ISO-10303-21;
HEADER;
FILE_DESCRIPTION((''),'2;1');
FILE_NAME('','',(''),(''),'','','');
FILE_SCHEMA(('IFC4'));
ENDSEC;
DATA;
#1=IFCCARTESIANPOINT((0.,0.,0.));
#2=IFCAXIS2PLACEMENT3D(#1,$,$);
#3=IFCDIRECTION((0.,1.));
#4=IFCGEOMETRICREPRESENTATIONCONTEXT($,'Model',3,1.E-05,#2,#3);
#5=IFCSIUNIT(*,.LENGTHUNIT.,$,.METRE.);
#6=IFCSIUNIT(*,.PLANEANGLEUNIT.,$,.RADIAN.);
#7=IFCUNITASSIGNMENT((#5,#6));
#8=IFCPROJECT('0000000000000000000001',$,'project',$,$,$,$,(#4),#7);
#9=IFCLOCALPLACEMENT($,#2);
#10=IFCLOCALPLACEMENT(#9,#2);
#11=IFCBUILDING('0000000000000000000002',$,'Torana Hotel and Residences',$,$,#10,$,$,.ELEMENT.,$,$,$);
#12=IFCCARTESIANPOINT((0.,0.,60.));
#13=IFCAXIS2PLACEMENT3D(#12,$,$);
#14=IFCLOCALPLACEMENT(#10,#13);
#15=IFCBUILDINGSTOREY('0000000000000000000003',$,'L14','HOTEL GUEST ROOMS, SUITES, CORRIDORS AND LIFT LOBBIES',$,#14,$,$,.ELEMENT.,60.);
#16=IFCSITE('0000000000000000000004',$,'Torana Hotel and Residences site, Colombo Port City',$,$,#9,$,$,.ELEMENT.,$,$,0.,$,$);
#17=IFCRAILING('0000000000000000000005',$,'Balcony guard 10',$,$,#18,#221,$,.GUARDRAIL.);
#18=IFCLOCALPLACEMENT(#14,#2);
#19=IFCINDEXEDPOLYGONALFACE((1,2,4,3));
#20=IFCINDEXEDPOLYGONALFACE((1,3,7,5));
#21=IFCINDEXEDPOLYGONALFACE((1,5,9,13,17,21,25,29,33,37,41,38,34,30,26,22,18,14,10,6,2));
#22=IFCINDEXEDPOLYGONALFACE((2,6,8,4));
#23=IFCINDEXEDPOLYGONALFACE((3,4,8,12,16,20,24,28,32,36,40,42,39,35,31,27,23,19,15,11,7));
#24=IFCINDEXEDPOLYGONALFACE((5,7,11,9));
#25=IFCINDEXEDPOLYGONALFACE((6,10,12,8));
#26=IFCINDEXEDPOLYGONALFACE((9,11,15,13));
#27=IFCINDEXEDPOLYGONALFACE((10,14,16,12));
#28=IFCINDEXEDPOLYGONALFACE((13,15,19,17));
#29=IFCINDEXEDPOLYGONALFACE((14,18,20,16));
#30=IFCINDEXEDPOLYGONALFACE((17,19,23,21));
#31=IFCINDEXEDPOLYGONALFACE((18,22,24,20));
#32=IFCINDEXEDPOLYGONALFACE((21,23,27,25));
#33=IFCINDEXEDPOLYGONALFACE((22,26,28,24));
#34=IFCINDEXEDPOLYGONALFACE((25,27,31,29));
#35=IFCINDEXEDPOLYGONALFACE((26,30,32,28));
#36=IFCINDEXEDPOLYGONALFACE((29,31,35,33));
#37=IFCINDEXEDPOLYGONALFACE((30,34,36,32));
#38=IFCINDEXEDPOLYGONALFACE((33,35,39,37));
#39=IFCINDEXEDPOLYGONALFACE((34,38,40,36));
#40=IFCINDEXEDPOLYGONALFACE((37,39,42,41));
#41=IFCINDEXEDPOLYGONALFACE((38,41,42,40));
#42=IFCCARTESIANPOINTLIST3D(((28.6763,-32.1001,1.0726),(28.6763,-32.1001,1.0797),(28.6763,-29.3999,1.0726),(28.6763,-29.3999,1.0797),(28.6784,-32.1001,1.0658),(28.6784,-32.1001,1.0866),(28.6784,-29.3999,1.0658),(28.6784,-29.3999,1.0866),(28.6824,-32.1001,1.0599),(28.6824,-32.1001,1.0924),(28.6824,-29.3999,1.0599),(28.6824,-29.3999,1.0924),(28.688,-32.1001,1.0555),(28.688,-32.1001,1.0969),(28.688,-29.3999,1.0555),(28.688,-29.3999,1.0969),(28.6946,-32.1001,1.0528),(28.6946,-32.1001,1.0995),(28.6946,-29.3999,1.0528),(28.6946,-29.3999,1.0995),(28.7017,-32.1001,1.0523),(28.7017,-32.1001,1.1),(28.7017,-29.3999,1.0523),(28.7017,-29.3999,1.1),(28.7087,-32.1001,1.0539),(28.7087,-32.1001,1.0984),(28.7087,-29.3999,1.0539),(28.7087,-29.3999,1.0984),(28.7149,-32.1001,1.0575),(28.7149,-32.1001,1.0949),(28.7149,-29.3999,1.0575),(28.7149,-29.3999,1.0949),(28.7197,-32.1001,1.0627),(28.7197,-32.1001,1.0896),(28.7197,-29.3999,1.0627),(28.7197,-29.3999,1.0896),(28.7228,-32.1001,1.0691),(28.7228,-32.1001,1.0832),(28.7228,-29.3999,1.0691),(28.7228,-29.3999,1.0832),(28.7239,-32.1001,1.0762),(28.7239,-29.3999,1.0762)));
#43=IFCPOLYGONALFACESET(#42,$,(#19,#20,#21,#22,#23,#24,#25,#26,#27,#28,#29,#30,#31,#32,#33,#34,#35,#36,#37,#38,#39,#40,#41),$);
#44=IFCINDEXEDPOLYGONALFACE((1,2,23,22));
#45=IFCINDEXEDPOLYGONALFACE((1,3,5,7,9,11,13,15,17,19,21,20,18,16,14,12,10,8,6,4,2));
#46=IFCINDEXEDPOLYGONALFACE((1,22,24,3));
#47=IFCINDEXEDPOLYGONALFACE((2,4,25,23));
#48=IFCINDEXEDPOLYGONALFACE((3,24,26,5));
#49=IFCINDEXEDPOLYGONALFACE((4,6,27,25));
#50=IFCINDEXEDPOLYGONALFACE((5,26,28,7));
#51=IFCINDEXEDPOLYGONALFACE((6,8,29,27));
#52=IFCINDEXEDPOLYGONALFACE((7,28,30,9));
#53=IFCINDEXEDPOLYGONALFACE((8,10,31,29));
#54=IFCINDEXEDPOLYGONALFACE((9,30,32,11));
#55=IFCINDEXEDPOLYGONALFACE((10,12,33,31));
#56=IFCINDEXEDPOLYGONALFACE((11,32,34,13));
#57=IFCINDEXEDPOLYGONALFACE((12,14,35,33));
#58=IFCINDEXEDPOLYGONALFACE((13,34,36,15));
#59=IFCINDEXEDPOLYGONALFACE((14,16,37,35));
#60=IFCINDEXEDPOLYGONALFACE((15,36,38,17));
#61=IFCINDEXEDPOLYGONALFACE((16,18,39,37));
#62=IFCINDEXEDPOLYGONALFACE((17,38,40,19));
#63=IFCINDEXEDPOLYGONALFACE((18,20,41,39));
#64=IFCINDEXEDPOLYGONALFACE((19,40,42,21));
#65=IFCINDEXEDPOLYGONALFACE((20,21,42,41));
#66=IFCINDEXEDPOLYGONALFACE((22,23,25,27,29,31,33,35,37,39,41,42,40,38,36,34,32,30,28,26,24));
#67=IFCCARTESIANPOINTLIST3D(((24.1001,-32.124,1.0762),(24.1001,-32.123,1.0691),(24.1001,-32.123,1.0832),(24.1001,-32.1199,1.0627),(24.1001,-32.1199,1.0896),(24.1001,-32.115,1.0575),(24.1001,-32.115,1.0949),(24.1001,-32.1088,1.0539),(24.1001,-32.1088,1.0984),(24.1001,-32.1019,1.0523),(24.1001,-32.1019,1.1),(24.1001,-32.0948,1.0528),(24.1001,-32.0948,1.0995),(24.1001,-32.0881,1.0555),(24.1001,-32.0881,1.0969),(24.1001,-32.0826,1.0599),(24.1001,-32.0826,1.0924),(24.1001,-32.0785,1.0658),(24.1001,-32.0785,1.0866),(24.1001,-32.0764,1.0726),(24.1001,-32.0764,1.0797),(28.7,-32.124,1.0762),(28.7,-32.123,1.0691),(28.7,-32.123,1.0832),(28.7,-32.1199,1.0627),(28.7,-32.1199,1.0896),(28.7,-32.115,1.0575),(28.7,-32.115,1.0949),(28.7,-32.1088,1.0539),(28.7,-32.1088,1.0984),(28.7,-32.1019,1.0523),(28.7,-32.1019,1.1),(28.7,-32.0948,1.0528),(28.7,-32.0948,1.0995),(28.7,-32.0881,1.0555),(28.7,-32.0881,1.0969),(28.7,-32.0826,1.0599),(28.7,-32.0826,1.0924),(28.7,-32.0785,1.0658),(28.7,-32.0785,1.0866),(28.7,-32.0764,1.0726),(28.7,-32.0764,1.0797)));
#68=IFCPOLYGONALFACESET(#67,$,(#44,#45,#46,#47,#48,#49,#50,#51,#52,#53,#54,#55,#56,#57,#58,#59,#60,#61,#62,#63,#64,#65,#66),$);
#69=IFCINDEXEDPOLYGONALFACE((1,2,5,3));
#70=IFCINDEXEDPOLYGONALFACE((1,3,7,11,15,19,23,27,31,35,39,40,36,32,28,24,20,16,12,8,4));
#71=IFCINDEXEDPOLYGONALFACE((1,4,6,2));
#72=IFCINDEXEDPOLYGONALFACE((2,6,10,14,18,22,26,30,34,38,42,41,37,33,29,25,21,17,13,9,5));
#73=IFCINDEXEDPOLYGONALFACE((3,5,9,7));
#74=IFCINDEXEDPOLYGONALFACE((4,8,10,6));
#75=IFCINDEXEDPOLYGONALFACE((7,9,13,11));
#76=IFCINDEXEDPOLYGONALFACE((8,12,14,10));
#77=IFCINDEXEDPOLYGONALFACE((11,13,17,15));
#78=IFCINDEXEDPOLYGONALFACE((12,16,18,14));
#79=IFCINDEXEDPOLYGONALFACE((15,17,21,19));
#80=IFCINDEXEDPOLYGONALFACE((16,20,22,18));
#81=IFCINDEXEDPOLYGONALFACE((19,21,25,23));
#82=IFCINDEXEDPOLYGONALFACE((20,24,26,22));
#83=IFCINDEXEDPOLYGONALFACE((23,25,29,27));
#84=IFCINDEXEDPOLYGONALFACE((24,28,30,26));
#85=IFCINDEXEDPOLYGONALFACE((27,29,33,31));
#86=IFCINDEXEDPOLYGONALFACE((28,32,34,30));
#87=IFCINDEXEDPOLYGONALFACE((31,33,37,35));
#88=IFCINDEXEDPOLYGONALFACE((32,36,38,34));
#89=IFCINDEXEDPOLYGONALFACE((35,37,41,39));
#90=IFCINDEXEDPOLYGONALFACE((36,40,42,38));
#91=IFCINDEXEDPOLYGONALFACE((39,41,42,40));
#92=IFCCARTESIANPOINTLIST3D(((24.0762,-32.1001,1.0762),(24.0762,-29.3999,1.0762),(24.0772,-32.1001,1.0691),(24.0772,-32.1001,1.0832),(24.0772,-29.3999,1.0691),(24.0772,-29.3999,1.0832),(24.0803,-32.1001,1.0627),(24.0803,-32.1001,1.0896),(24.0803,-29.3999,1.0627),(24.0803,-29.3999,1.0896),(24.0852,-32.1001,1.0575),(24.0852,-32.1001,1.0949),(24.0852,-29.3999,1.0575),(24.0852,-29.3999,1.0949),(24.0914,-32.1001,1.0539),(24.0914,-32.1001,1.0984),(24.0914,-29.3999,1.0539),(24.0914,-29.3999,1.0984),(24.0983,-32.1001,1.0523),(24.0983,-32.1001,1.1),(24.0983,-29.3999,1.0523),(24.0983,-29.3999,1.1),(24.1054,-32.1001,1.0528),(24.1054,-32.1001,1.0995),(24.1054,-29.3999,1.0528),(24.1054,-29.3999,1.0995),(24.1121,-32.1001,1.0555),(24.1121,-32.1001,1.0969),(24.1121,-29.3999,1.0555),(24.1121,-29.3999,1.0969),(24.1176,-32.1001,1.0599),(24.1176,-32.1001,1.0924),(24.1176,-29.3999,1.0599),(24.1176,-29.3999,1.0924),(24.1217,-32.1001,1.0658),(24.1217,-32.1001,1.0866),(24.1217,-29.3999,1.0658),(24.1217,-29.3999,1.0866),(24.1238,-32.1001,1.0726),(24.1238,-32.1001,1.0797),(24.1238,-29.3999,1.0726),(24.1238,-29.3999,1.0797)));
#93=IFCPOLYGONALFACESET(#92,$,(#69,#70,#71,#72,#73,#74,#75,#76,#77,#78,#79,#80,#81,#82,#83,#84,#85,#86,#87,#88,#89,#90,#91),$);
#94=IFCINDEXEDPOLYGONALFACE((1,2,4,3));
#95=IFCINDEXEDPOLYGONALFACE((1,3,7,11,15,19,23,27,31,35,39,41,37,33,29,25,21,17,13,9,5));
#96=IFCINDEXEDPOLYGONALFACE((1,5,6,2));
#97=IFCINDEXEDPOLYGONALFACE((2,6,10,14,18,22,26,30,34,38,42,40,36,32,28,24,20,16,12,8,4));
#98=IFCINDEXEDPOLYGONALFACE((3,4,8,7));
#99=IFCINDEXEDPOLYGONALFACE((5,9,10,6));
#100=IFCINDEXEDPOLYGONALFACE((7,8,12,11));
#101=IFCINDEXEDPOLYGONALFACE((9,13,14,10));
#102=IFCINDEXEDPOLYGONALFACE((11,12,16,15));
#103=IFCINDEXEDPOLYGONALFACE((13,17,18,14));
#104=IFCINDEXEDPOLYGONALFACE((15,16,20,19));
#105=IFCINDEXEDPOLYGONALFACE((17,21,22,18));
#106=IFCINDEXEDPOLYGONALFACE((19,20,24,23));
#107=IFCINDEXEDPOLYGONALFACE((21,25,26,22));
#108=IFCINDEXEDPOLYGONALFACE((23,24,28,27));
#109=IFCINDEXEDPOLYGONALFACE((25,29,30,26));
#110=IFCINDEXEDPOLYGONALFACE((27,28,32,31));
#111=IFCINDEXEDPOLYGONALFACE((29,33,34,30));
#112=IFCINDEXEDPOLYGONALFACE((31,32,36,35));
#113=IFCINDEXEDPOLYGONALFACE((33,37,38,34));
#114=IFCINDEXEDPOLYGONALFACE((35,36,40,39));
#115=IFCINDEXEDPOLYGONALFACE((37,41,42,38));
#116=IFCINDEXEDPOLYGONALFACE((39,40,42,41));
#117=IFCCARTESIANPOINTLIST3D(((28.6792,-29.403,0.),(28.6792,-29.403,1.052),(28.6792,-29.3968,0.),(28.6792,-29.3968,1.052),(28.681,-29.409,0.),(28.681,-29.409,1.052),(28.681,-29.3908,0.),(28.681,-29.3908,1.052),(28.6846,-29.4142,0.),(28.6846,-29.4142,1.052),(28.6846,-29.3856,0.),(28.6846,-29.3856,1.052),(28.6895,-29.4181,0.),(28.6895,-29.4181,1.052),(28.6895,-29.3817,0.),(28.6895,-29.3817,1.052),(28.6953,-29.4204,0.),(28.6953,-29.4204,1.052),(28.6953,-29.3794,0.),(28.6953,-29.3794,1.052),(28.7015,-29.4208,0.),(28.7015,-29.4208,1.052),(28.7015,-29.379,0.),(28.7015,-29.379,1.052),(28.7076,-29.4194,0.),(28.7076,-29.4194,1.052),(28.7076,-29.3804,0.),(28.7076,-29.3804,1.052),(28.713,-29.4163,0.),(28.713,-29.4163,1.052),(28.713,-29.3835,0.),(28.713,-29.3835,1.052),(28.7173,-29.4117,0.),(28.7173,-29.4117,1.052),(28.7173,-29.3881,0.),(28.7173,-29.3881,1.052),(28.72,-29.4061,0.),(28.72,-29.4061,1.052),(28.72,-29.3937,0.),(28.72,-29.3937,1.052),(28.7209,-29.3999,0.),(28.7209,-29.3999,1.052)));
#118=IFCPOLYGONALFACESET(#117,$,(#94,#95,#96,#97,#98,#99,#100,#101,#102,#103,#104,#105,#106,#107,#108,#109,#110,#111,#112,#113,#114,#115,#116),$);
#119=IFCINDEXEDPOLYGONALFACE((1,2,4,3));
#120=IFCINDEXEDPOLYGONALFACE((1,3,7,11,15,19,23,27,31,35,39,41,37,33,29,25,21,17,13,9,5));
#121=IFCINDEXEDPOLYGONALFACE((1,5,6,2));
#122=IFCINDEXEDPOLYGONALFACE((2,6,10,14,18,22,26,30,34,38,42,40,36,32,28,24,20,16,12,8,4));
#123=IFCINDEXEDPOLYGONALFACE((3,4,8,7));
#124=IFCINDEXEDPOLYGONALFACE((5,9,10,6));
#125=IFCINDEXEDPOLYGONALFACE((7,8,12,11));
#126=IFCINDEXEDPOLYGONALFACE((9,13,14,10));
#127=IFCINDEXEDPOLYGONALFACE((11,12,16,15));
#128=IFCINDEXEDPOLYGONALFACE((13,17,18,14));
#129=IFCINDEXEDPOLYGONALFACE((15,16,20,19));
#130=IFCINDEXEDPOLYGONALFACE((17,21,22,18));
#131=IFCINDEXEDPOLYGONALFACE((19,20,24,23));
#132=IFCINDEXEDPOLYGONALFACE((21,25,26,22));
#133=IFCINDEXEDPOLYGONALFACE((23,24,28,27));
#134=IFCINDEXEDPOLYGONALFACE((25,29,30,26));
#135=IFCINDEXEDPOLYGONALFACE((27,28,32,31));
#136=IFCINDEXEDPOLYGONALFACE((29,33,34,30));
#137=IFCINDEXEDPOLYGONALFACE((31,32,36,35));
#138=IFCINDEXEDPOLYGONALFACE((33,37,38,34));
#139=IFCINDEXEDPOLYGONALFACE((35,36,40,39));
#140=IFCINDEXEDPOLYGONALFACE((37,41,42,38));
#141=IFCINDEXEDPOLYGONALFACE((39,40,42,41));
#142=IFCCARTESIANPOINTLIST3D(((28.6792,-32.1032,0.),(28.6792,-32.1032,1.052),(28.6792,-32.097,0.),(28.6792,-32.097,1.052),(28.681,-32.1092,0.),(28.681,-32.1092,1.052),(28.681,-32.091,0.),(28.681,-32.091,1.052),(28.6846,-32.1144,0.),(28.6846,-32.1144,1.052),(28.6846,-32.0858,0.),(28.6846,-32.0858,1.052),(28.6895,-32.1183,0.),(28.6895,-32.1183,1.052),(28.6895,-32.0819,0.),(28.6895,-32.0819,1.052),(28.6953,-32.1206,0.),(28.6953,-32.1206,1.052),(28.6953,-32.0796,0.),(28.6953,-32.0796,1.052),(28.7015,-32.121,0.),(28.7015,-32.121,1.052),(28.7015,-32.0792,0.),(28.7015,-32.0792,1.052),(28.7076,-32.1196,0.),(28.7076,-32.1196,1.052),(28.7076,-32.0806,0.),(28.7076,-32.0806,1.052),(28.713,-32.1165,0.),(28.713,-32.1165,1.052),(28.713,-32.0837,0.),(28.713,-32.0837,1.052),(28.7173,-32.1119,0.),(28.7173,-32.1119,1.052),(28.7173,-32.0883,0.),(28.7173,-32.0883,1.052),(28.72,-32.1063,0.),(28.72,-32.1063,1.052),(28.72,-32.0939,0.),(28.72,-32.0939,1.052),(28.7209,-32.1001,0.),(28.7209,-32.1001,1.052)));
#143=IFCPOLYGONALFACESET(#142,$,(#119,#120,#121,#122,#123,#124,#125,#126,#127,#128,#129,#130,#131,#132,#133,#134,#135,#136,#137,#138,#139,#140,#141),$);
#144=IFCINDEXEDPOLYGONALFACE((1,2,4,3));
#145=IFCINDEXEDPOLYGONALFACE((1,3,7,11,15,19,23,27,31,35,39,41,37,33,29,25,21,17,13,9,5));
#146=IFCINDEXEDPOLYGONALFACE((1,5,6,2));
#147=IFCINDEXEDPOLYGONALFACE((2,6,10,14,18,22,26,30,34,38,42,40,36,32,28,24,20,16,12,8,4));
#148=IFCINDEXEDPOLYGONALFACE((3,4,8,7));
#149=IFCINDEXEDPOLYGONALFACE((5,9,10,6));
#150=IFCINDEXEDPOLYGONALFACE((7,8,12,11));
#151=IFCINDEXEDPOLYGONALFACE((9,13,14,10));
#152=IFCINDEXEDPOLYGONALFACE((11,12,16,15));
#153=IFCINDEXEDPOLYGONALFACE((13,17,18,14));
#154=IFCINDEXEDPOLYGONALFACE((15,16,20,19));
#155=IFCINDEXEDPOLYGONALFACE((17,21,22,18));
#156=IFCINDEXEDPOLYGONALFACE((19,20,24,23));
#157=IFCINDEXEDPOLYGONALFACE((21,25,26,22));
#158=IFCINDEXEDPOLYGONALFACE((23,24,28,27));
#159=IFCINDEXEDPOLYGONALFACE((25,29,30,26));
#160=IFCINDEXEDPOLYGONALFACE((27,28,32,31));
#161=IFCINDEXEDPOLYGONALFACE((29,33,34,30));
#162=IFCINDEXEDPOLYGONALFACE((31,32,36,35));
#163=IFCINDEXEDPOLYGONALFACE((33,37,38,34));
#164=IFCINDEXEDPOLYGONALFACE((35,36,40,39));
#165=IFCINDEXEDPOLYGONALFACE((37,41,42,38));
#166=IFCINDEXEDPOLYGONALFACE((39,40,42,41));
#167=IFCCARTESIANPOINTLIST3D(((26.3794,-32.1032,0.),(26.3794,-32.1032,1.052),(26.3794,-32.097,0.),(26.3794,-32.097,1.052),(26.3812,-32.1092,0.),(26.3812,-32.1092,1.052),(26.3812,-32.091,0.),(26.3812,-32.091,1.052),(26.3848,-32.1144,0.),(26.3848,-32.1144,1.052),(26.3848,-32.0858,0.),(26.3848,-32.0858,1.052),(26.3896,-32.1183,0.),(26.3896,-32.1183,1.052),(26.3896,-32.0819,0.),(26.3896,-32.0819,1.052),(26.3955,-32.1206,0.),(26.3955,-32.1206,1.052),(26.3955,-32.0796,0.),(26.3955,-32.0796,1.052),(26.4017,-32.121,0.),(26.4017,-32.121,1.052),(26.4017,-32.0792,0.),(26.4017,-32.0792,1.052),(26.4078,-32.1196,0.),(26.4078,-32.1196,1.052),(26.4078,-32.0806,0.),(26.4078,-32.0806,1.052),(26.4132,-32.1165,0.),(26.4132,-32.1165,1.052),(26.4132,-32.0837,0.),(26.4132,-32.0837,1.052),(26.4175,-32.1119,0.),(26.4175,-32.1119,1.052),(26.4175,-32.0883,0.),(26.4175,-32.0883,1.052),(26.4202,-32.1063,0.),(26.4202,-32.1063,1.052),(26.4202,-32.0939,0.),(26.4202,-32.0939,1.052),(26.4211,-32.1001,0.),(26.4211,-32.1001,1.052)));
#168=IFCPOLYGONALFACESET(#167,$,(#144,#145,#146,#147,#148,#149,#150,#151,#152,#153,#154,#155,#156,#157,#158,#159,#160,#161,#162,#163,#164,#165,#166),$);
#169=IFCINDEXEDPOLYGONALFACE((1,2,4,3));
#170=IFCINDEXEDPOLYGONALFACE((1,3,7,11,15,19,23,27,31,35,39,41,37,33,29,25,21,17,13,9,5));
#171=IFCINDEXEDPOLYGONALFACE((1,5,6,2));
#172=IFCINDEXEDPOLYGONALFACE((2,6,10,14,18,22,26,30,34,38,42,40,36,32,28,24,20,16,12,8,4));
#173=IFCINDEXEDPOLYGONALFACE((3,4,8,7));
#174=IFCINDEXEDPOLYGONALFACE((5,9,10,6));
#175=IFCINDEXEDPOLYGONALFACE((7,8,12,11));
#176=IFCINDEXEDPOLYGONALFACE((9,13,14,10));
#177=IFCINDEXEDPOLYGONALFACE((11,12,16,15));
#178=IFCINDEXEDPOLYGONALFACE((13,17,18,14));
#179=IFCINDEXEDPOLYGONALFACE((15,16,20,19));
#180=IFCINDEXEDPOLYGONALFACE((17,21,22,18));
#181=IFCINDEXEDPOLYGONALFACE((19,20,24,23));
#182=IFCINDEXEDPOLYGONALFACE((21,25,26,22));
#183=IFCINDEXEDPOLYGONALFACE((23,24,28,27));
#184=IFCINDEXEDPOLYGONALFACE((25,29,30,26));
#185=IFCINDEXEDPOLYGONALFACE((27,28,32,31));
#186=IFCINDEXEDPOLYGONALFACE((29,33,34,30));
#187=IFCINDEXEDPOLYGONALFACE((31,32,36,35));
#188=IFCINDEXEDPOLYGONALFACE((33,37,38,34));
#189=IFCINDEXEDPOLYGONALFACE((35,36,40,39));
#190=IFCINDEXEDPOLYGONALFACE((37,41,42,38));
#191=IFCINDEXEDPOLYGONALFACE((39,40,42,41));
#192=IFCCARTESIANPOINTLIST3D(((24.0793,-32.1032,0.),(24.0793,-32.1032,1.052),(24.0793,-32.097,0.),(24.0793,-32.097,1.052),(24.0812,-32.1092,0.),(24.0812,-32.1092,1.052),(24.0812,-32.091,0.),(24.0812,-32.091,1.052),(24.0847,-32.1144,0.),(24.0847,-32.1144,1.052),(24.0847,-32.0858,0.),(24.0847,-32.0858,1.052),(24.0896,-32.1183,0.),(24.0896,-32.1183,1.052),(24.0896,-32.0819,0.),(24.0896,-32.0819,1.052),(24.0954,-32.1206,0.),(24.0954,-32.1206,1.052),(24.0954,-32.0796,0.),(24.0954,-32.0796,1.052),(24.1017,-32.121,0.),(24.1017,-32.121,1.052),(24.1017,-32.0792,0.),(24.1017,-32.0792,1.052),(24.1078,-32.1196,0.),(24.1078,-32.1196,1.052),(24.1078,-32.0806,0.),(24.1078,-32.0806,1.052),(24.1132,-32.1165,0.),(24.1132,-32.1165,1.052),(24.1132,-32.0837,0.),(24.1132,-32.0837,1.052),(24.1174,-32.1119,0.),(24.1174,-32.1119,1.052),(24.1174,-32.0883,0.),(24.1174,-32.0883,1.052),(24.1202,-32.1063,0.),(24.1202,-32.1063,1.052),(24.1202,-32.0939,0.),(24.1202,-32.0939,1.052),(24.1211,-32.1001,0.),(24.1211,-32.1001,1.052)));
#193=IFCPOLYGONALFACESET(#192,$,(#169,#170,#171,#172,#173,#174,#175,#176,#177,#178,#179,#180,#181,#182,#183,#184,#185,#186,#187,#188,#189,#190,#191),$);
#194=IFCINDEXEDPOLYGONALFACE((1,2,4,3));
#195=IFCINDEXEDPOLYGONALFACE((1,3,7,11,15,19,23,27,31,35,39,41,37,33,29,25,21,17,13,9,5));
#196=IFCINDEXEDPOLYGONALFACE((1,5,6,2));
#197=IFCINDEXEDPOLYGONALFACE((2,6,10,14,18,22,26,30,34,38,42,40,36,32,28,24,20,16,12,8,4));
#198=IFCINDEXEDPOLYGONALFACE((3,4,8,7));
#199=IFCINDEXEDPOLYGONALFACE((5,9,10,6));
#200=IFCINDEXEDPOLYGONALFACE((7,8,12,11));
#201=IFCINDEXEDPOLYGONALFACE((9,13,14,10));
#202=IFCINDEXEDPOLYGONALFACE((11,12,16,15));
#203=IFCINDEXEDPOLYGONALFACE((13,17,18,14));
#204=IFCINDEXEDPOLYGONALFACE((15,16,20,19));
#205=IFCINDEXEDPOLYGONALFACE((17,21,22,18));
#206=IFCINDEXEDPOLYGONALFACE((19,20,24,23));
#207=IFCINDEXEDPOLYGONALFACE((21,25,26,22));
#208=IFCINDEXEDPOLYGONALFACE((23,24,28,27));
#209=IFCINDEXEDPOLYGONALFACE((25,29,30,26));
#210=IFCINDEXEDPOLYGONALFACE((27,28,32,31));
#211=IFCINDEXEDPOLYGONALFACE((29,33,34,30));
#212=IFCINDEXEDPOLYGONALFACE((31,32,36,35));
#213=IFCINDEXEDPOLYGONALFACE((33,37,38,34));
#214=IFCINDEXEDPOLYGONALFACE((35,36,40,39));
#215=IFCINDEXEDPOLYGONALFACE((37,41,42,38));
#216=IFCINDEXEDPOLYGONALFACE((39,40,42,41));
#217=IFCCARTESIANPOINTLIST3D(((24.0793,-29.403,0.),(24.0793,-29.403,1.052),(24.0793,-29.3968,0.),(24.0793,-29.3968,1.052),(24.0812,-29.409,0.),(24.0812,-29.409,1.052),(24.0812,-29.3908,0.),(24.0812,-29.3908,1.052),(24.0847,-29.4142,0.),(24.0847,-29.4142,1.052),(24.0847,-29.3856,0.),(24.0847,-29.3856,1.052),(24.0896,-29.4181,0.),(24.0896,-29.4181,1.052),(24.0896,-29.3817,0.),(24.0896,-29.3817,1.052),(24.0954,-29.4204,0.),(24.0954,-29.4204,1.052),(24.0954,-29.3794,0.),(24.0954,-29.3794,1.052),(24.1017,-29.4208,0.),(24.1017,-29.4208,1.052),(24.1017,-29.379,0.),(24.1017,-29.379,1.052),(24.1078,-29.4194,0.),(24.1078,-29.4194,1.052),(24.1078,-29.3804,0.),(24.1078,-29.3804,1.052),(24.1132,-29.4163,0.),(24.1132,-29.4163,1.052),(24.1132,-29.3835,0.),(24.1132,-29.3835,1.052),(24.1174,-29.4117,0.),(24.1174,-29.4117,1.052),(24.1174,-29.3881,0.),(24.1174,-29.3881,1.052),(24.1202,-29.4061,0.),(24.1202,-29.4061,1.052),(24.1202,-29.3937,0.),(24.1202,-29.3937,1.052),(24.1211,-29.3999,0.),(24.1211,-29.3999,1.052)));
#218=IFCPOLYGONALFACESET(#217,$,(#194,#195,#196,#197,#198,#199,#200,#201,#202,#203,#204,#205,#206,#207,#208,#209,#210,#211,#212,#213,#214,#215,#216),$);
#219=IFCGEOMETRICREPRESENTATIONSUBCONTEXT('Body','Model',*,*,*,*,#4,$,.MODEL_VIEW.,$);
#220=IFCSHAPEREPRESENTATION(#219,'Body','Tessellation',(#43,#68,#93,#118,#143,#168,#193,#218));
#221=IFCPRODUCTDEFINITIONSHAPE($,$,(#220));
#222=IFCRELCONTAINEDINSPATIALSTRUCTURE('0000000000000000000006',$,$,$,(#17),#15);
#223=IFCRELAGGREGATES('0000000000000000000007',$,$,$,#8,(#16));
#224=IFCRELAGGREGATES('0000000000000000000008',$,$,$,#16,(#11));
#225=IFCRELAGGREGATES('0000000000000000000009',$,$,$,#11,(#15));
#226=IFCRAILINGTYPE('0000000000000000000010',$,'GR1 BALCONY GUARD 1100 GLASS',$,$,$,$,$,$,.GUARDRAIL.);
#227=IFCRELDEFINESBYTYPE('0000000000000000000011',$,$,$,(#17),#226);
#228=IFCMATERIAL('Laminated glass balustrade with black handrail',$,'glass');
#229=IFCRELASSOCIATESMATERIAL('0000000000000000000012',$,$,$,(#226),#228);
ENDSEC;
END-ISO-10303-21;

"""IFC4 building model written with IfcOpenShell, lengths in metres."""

from ifc_helpers import new_model, si_unit, direction, frame, origin, origin_2d, place, context, subcontext, project, spatial, circle, extrude, material, type_object, element, save


model = new_model("IFC4")

# Units and contexts
model_context = context("Model", 3, precision=1e-05, world=origin(), true_north=direction((0.0, 1.0)))
body_context = subcontext(model_context, "Body", "Model", "MODEL_VIEW")
ifc_project = project(units=[si_unit("LENGTHUNIT", "METRE"), si_unit("PLANEANGLEUNIT", "RADIAN")], contexts=[model_context])

# Site, building, storey
site_placement = place(None, origin())
site = spatial("IfcSite", under=ifc_project, at=site_placement, Name="Torana Hotel and Residences site, Colombo Port City", CompositionType="ELEMENT", RefElevation=0.0)
building_placement = place(site_placement, origin())
building = spatial("IfcBuilding", under=site, at=building_placement, Name="Torana Hotel and Residences", CompositionType="ELEMENT")
storey_placement = place(building_placement, frame((0.0, 0.0, 60.0)))
storey = spatial("IfcBuildingStorey", under=building, at=storey_placement, Name="L14", Description="HOTEL GUEST ROOMS, SUITES, CORRIDORS AND LIFT LOBBIES", CompositionType="ELEMENT", Elevation=60.0)

# Railing
ifc_material_1 = material(Name="Laminated glass balustrade with black handrail", Category="glass")
railing_type = type_object("IfcRailingType", Name="GR1 BALCONY GUARD 1100 GLASS", PredefinedType="GUARDRAIL", material=ifc_material_1)
railing_1_placement = place(storey_placement, frame((28.7, -29.3999, 0.0)))
element("IfcRailing", 1, at=railing_1_placement, inside=storey, type_object=railing_type, Name="Balcony guard 10", PredefinedType="GUARDRAIL", context=body_context, shape_type="SweptSolid", body=[
    extrude(circle(Radius=0.0239, at=origin_2d()), frame((0.0, 0.0, 1.0762), z_axis=(0.0, -1.0, 0.0), x_axis=(1.0, 0.0, 0.0)), (0.0, 0.0, 1.0), 2.7002),
    extrude(circle(Radius=0.0239, at=origin_2d()), frame((0.0, -2.7002, 1.0762), z_axis=(-1.0, 0.0, 0.0), x_axis=(0.0, -1.0, 0.0)), (0.0, 0.0, 1.0), 4.5999),
    extrude(circle(Radius=0.0239, at=origin_2d()), frame((-4.5999, -2.7002, 1.0762), z_axis=(0.0, 1.0, 0.0), x_axis=(-1.0, 0.0, 0.0)), (0.0, 0.0, 1.0), 2.7002),
    extrude(circle(Radius=0.021, at=origin_2d()), origin(), (0.0, 0.0, 1.0), 1.052),
    extrude(circle(Radius=0.021, at=origin_2d()), frame((0.0, -2.7002, 0.0)), (0.0, 0.0, 1.0), 1.052),
    extrude(circle(Radius=0.021, at=origin_2d()), frame((-2.2998, -2.7002, 0.0)), (0.0, 0.0, 1.0), 1.052),
    extrude(circle(Radius=0.021, at=origin_2d()), frame((-4.5999, -2.7002, 0.0)), (0.0, 0.0, 1.0), 1.052),
    extrude(circle(Radius=0.021, at=origin_2d()), frame((-4.5999, 0.0, 0.0)), (0.0, 0.0, 1.0), 1.052),
])

save(model, "model.ifc")
